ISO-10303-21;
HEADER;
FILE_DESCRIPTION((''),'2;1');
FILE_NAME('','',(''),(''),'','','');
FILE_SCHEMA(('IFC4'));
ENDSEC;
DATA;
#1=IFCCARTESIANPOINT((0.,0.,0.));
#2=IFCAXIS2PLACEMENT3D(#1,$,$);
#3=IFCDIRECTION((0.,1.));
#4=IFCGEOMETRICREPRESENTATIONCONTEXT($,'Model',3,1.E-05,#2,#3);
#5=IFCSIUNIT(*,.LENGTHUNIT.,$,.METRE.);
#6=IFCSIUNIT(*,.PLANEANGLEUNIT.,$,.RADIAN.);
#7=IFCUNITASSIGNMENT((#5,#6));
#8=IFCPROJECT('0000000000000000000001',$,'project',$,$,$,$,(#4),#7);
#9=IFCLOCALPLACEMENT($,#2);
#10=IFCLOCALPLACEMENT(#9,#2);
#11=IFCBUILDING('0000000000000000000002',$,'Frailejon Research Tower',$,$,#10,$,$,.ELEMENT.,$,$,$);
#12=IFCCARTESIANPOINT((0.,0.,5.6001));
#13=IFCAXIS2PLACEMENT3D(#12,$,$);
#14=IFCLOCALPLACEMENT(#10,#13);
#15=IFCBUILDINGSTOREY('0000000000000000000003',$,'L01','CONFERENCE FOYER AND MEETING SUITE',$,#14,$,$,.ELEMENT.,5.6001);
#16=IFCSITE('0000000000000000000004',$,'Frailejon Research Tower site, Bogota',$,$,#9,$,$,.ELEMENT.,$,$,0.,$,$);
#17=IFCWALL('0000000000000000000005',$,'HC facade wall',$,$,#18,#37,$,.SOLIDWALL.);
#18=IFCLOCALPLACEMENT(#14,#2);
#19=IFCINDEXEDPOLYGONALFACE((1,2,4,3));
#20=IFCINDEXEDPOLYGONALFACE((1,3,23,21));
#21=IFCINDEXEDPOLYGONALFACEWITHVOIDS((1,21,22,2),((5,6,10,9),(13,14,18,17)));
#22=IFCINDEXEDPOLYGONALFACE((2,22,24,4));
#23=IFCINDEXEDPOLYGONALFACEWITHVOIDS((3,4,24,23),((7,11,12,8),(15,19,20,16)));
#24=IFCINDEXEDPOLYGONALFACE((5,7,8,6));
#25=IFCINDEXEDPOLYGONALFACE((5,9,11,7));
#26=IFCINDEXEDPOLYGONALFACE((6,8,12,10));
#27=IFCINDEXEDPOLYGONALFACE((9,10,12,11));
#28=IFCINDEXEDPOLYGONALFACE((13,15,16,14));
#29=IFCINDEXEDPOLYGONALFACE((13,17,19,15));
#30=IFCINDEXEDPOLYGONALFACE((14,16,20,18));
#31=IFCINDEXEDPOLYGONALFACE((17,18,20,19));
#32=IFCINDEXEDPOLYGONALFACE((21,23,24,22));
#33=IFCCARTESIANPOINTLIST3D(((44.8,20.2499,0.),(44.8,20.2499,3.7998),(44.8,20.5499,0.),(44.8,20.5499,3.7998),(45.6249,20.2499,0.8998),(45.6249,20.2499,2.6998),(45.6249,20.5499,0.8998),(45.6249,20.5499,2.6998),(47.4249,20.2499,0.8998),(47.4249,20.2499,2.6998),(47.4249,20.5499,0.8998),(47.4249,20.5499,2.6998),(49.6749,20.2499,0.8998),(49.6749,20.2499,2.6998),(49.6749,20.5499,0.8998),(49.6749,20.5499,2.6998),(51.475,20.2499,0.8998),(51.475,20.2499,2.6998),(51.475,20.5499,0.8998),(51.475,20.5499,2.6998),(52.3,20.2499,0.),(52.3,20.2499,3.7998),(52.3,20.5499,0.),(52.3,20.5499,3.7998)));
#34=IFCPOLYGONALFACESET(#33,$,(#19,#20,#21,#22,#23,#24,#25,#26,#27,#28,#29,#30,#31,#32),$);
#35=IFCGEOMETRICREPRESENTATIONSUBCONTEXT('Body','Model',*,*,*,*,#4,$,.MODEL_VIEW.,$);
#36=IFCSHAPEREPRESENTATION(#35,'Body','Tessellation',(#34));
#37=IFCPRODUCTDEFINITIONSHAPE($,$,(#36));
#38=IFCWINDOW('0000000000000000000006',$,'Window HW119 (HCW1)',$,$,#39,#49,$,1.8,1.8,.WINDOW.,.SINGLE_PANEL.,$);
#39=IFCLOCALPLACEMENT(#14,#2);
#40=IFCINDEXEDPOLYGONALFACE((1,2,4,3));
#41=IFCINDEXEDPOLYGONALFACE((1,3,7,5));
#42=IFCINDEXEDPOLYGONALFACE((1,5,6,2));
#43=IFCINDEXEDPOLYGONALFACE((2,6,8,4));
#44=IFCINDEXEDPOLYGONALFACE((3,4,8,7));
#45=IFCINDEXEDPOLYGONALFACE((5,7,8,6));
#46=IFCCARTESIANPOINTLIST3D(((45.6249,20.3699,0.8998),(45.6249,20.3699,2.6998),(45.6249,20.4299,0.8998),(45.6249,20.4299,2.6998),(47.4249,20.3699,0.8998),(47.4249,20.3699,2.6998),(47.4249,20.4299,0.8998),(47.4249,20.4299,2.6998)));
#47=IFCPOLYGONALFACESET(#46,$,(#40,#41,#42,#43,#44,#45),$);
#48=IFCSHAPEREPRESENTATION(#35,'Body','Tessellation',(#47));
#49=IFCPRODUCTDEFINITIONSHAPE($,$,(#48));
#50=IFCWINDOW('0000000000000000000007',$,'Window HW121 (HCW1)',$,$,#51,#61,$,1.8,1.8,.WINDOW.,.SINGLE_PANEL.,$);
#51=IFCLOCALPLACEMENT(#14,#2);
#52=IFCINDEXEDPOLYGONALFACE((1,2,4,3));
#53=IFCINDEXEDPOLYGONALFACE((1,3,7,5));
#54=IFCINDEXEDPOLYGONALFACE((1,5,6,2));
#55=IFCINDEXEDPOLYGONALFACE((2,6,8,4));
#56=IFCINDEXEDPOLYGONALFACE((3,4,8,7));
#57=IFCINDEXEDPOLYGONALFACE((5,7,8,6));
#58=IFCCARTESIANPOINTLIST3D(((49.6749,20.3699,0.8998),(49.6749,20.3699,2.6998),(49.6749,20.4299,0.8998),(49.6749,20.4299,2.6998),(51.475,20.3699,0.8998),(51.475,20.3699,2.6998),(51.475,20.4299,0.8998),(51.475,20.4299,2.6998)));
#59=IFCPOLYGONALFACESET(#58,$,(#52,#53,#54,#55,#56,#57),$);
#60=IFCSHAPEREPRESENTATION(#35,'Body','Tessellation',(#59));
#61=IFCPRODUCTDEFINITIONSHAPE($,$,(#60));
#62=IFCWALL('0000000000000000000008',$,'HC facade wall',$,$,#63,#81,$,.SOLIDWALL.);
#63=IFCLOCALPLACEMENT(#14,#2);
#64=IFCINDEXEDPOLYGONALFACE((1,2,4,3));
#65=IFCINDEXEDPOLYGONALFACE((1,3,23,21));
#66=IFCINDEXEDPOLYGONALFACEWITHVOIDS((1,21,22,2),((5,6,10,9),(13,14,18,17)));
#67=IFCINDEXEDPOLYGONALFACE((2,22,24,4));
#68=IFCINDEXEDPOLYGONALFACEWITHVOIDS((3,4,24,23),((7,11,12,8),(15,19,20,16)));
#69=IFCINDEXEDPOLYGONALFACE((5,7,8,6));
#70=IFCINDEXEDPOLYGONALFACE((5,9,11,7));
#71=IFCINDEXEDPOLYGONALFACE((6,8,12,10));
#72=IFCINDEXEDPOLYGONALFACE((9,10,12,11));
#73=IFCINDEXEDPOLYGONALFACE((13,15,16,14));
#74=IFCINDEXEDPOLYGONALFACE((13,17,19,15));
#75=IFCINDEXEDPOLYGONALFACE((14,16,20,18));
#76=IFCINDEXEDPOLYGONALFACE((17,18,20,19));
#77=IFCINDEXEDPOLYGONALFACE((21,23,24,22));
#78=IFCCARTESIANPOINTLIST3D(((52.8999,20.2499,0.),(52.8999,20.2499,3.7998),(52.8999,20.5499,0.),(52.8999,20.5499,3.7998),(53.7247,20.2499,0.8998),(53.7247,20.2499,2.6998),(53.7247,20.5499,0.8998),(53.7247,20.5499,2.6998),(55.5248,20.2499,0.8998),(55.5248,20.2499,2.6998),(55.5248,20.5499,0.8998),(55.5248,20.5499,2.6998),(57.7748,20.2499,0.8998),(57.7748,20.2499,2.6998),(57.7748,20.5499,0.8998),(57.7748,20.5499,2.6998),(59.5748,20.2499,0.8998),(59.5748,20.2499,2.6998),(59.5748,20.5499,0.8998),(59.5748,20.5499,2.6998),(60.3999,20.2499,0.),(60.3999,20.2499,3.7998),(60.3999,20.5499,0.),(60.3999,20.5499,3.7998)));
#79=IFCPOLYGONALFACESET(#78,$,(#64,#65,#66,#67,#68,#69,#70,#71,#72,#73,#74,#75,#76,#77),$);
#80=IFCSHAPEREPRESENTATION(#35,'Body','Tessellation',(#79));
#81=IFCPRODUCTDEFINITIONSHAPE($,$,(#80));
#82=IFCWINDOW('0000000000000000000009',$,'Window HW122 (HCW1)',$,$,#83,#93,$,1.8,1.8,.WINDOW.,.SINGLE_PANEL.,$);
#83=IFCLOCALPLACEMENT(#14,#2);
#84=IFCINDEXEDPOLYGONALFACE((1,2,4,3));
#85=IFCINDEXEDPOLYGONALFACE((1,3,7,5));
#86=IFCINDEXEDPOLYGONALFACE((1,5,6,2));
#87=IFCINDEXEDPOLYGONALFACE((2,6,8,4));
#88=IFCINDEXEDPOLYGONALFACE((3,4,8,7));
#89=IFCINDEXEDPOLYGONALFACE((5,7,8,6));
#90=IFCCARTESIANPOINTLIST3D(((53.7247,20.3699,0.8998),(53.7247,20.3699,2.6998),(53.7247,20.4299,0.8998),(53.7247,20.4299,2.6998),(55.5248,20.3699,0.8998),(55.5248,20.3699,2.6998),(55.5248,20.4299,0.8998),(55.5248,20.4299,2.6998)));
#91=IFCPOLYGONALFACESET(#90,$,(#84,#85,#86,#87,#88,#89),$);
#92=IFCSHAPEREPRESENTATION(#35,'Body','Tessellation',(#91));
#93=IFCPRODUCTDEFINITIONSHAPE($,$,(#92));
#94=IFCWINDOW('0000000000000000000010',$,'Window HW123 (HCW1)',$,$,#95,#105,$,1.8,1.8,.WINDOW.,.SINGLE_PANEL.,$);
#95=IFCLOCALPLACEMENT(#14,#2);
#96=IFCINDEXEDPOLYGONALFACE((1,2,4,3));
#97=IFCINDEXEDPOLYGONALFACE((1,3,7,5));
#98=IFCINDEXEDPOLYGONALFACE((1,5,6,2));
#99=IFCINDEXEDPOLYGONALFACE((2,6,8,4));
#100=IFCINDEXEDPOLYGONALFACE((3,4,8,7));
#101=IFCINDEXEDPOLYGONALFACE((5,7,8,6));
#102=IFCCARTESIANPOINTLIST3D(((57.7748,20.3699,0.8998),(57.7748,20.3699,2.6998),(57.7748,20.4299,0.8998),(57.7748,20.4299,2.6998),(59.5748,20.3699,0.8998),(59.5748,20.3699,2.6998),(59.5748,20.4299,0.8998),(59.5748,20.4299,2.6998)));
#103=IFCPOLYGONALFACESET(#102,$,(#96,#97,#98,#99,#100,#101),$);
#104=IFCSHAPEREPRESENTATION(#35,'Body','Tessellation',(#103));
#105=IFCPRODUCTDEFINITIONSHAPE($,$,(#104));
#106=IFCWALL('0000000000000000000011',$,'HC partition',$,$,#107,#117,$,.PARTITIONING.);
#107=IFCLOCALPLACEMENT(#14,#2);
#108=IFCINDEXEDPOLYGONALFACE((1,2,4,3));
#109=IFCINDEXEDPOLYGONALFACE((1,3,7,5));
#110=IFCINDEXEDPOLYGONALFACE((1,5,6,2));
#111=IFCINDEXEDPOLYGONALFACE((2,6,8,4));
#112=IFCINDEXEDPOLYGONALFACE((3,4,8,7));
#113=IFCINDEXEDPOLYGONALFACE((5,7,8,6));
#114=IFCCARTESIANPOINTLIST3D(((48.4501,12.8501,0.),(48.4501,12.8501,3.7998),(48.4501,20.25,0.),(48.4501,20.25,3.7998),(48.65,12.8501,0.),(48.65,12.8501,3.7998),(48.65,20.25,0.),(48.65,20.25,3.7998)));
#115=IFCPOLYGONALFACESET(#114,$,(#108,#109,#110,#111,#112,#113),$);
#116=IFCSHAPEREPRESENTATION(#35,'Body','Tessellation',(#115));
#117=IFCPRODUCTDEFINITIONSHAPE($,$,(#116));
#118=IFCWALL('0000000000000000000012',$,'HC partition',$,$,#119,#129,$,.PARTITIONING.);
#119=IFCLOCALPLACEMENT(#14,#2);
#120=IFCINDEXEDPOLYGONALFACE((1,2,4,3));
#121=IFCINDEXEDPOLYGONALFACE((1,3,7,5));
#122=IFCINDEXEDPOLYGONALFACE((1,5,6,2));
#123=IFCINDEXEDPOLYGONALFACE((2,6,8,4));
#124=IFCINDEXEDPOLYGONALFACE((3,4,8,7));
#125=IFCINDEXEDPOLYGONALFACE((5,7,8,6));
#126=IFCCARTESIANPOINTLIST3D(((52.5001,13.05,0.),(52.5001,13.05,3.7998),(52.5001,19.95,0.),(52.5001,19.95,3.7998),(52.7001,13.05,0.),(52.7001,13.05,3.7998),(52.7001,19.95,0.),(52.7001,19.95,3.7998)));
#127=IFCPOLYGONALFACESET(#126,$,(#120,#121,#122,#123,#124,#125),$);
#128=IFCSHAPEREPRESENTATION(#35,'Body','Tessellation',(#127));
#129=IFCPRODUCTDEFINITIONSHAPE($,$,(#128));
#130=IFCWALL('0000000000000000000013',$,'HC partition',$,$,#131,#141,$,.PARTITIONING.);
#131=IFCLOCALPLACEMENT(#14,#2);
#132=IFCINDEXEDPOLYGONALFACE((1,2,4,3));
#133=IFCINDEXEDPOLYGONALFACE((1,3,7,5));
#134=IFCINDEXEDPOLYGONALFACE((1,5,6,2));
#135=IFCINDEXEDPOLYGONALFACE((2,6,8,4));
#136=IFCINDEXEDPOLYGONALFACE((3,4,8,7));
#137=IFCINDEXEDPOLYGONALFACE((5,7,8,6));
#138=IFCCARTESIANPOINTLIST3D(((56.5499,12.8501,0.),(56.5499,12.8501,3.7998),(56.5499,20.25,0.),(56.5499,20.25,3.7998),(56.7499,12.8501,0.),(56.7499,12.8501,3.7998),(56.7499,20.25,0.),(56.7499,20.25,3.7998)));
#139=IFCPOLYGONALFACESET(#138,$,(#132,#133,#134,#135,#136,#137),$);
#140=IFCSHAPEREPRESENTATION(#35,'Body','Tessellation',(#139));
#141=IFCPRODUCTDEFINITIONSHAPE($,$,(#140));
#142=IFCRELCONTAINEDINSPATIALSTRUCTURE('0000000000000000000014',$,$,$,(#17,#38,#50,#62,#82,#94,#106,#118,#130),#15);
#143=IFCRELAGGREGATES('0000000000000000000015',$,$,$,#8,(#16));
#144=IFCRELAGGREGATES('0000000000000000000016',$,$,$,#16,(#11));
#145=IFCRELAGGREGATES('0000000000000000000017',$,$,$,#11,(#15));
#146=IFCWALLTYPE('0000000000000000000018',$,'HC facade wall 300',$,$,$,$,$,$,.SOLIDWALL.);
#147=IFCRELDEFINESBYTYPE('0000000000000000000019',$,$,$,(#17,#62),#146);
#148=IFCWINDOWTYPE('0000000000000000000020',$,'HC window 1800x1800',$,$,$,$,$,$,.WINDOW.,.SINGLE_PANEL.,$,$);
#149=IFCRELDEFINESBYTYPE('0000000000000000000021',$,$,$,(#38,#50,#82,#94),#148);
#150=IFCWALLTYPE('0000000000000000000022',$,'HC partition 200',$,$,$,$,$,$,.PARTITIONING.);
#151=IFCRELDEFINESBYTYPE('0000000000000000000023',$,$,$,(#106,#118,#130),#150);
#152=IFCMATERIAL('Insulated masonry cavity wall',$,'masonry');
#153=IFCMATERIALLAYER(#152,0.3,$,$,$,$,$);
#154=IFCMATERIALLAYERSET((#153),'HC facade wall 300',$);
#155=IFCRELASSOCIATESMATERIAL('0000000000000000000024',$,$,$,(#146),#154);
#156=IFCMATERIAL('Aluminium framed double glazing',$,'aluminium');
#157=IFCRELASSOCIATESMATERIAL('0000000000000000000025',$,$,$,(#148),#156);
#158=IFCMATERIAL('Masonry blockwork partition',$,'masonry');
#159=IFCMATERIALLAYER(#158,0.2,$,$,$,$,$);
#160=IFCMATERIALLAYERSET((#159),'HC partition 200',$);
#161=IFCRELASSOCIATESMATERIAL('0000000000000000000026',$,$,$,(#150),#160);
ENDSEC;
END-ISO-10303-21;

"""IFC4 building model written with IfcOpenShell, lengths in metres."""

from ifc_helpers import new_model, si_unit, direction, frame, frame_2d, origin, place, context, subcontext, project, spatial, rectangle, extrude, material, layer, layer_set, type_object, element, fill, save


model = new_model("IFC4")

# Units and contexts
model_context = context("Model", 3, precision=1e-05, world=origin(), true_north=direction((0.0, 1.0)))
body_context = subcontext(model_context, "Body", "Model", "MODEL_VIEW")
ifc_project = project(units=[si_unit("LENGTHUNIT", "METRE"), si_unit("PLANEANGLEUNIT", "RADIAN")], contexts=[model_context])

# Site, building, storey
site_placement = place(None, origin())
site = spatial("IfcSite", under=ifc_project, at=site_placement, Name="Frailejon Research Tower site, Bogota", CompositionType="ELEMENT", RefElevation=0.0)
building_placement = place(site_placement, origin())
building = spatial("IfcBuilding", under=site, at=building_placement, Name="Frailejon Research Tower", CompositionType="ELEMENT")
storey_placement = place(building_placement, frame((0.0, 0.0, 5.6001)))
storey = spatial("IfcBuildingStorey", under=building, at=storey_placement, Name="L01", Description="CONFERENCE FOYER AND MEETING SUITE", CompositionType="ELEMENT", Elevation=5.6001)

# Walls, openings, windows
ifc_material_1 = material(Name="Insulated masonry cavity wall", Category="masonry")
ifc_layer_1 = layer(ifc_material_1, 0.3)
ifc_layer_set_1 = layer_set([ifc_layer_1], Name="HC facade wall 300")
wall_type_1 = type_object("IfcWallType", Name="HC facade wall 300", PredefinedType="SOLIDWALL", material=ifc_layer_set_1)
wall_1_placement = place(storey_placement, frame((44.8, 20.3999, 0.0), z_axis=(0.0, 0.0, 1.0), x_axis=(1.0, 0.0, 0.0)))
wall_1 = element("IfcWall", 1, at=wall_1_placement, inside=storey, type_object=wall_type_1, Name="HC facade wall", PredefinedType="SOLIDWALL", context=body_context, shape_type="SweptSolid", body=[
    extrude(rectangle(XDim=7.5, YDim=0.3, at=frame_2d((3.75, 0.0))), origin(), (0.0, 0.0, 1.0), 3.7998),
])
opening_1_placement = place(wall_1_placement, frame((0.825, 0.0, 0.8999)))
opening_1 = element("IfcOpeningElement", 2, at=opening_1_placement, cuts=wall_1, PredefinedType="OPENING", context=body_context, shape_type="SweptSolid", body=[
    extrude(rectangle(XDim=1.8, YDim=1.8, at=frame_2d((0.8999, 0.8999))), frame((0.0, 0.1599, 0.0), z_axis=(0.0, -1.0, 0.0), x_axis=(1.0, 0.0, 0.0)), (0.0, 0.0, 1.0), 0.3201),
])
opening_2_placement = place(wall_1_placement, frame((4.875, 0.0, 0.8999)))
opening_2 = element("IfcOpeningElement", 3, at=opening_2_placement, cuts=wall_1, PredefinedType="OPENING", context=body_context, shape_type="SweptSolid", body=[
    extrude(rectangle(XDim=1.8, YDim=1.8, at=frame_2d((0.8999, 0.8999))), frame((0.0, 0.1599, 0.0), z_axis=(0.0, -1.0, 0.0), x_axis=(1.0, 0.0, 0.0)), (0.0, 0.0, 1.0), 0.3201),
])
ifc_material_2 = material(Name="Aluminium framed double glazing", Category="aluminium")
window_type = type_object("IfcWindowType", Name="HC window 1800x1800", PartitioningType="SINGLE_PANEL", PredefinedType="WINDOW", material=ifc_material_2)
window_1_placement = place(opening_1_placement, origin())
window_1 = element("IfcWindow", 4, at=window_1_placement, inside=storey, type_object=window_type, Name="Window HW119 (HCW1)", OverallHeight=1.8, OverallWidth=1.8, PartitioningType="SINGLE_PANEL", PredefinedType="WINDOW", context=body_context, shape_type="SweptSolid", body=[
    extrude(rectangle(XDim=1.8, YDim=1.8, at=frame_2d((0.8999, 0.8999))), frame((0.0, 0.03, 0.0), z_axis=(0.0, -1.0, 0.0), x_axis=(1.0, 0.0, 0.0)), (0.0, 0.0, 1.0), 0.0601),
])
fill(opening_1, window_1)
window_2_placement = place(opening_2_placement, origin())
window_2 = element("IfcWindow", 5, at=window_2_placement, inside=storey, type_object=window_type, Name="Window HW121 (HCW1)", OverallHeight=1.8, OverallWidth=1.8, PartitioningType="SINGLE_PANEL", PredefinedType="WINDOW", context=body_context, shape_type="SweptSolid", body=[
    extrude(rectangle(XDim=1.8, YDim=1.8, at=frame_2d((0.8999, 0.8999))), frame((0.0, 0.03, 0.0), z_axis=(0.0, -1.0, 0.0), x_axis=(1.0, 0.0, 0.0)), (0.0, 0.0, 1.0), 0.0601),
])
fill(opening_2, window_2)
wall_2_placement = place(storey_placement, frame((52.8999, 20.3999, 0.0), z_axis=(0.0, 0.0, 1.0), x_axis=(1.0, 0.0, 0.0)))
wall_2 = element("IfcWall", 6, at=wall_2_placement, inside=storey, type_object=wall_type_1, Name="HC facade wall", PredefinedType="SOLIDWALL", context=body_context, shape_type="SweptSolid", body=[
    extrude(rectangle(XDim=7.5, YDim=0.3, at=frame_2d((3.75, 0.0))), origin(), (0.0, 0.0, 1.0), 3.7998),
])
opening_3_placement = place(wall_2_placement, frame((0.825, 0.0, 0.8999)))
opening_3 = element("IfcOpeningElement", 7, at=opening_3_placement, cuts=wall_2, PredefinedType="OPENING", context=body_context, shape_type="SweptSolid", body=[
    extrude(rectangle(XDim=1.8, YDim=1.8, at=frame_2d((0.8999, 0.8999))), frame((0.0, 0.1599, 0.0), z_axis=(0.0, -1.0, 0.0), x_axis=(1.0, 0.0, 0.0)), (0.0, 0.0, 1.0), 0.3201),
])
opening_4_placement = place(wall_2_placement, frame((4.875, 0.0, 0.8999)))
opening_4 = element("IfcOpeningElement", 8, at=opening_4_placement, cuts=wall_2, PredefinedType="OPENING", context=body_context, shape_type="SweptSolid", body=[
    extrude(rectangle(XDim=1.8, YDim=1.8, at=frame_2d((0.8999, 0.8999))), frame((0.0, 0.1599, 0.0), z_axis=(0.0, -1.0, 0.0), x_axis=(1.0, 0.0, 0.0)), (0.0, 0.0, 1.0), 0.3201),
])
window_3_placement = place(opening_3_placement, origin())
window_3 = element("IfcWindow", 9, at=window_3_placement, inside=storey, type_object=window_type, Name="Window HW122 (HCW1)", OverallHeight=1.8, OverallWidth=1.8, PartitioningType="SINGLE_PANEL", PredefinedType="WINDOW", context=body_context, shape_type="SweptSolid", body=[
    extrude(rectangle(XDim=1.8, YDim=1.8, at=frame_2d((0.8999, 0.8999))), frame((0.0, 0.03, 0.0), z_axis=(0.0, -1.0, 0.0), x_axis=(1.0, 0.0, 0.0)), (0.0, 0.0, 1.0), 0.0601),
])
fill(opening_3, window_3)
window_4_placement = place(opening_4_placement, origin())
window_4 = element("IfcWindow", 10, at=window_4_placement, inside=storey, type_object=window_type, Name="Window HW123 (HCW1)", OverallHeight=1.8, OverallWidth=1.8, PartitioningType="SINGLE_PANEL", PredefinedType="WINDOW", context=body_context, shape_type="SweptSolid", body=[
    extrude(rectangle(XDim=1.8, YDim=1.8, at=frame_2d((0.8999, 0.8999))), frame((0.0, 0.03, 0.0), z_axis=(0.0, -1.0, 0.0), x_axis=(1.0, 0.0, 0.0)), (0.0, 0.0, 1.0), 0.0601),
])
fill(opening_4, window_4)

# Walls
ifc_material_3 = material(Name="Masonry blockwork partition", Category="masonry")
ifc_layer_2 = layer(ifc_material_3, 0.2)
ifc_layer_set_2 = layer_set([ifc_layer_2], Name="HC partition 200")
wall_type_2 = type_object("IfcWallType", Name="HC partition 200", PredefinedType="PARTITIONING", material=ifc_layer_set_2)
wall_3_placement = place(storey_placement, frame((48.55, 12.8501, 0.0), z_axis=(0.0, 0.0, 1.0), x_axis=(0.0, 1.0, 0.0)))
element("IfcWall", 11, at=wall_3_placement, inside=storey, type_object=wall_type_2, Name="HC partition", PredefinedType="PARTITIONING", context=body_context, shape_type="SweptSolid", body=[
    extrude(rectangle(XDim=7.3999, YDim=0.2, at=frame_2d((3.7, 0.0))), origin(), (0.0, 0.0, 1.0), 3.7998),
])
wall_4_placement = place(storey_placement, frame((52.6001, 13.05, 0.0), z_axis=(0.0, 0.0, 1.0), x_axis=(0.0, 1.0, 0.0)))
element("IfcWall", 12, at=wall_4_placement, inside=storey, type_object=wall_type_2, Name="HC partition", PredefinedType="PARTITIONING", context=body_context, shape_type="SweptSolid", body=[
    extrude(rectangle(XDim=6.8999, YDim=0.2, at=frame_2d((3.45, 0.0))), origin(), (0.0, 0.0, 1.0), 3.7998),
])
wall_5_placement = place(storey_placement, frame((56.6499, 12.8501, 0.0), z_axis=(0.0, 0.0, 1.0), x_axis=(0.0, 1.0, 0.0)))
element("IfcWall", 13, at=wall_5_placement, inside=storey, type_object=wall_type_2, Name="HC partition", PredefinedType="PARTITIONING", context=body_context, shape_type="SweptSolid", body=[
    extrude(rectangle(XDim=7.3999, YDim=0.2, at=frame_2d((3.7, 0.0))), origin(), (0.0, 0.0, 1.0), 3.7998),
])

save(model, "model.ifc")
